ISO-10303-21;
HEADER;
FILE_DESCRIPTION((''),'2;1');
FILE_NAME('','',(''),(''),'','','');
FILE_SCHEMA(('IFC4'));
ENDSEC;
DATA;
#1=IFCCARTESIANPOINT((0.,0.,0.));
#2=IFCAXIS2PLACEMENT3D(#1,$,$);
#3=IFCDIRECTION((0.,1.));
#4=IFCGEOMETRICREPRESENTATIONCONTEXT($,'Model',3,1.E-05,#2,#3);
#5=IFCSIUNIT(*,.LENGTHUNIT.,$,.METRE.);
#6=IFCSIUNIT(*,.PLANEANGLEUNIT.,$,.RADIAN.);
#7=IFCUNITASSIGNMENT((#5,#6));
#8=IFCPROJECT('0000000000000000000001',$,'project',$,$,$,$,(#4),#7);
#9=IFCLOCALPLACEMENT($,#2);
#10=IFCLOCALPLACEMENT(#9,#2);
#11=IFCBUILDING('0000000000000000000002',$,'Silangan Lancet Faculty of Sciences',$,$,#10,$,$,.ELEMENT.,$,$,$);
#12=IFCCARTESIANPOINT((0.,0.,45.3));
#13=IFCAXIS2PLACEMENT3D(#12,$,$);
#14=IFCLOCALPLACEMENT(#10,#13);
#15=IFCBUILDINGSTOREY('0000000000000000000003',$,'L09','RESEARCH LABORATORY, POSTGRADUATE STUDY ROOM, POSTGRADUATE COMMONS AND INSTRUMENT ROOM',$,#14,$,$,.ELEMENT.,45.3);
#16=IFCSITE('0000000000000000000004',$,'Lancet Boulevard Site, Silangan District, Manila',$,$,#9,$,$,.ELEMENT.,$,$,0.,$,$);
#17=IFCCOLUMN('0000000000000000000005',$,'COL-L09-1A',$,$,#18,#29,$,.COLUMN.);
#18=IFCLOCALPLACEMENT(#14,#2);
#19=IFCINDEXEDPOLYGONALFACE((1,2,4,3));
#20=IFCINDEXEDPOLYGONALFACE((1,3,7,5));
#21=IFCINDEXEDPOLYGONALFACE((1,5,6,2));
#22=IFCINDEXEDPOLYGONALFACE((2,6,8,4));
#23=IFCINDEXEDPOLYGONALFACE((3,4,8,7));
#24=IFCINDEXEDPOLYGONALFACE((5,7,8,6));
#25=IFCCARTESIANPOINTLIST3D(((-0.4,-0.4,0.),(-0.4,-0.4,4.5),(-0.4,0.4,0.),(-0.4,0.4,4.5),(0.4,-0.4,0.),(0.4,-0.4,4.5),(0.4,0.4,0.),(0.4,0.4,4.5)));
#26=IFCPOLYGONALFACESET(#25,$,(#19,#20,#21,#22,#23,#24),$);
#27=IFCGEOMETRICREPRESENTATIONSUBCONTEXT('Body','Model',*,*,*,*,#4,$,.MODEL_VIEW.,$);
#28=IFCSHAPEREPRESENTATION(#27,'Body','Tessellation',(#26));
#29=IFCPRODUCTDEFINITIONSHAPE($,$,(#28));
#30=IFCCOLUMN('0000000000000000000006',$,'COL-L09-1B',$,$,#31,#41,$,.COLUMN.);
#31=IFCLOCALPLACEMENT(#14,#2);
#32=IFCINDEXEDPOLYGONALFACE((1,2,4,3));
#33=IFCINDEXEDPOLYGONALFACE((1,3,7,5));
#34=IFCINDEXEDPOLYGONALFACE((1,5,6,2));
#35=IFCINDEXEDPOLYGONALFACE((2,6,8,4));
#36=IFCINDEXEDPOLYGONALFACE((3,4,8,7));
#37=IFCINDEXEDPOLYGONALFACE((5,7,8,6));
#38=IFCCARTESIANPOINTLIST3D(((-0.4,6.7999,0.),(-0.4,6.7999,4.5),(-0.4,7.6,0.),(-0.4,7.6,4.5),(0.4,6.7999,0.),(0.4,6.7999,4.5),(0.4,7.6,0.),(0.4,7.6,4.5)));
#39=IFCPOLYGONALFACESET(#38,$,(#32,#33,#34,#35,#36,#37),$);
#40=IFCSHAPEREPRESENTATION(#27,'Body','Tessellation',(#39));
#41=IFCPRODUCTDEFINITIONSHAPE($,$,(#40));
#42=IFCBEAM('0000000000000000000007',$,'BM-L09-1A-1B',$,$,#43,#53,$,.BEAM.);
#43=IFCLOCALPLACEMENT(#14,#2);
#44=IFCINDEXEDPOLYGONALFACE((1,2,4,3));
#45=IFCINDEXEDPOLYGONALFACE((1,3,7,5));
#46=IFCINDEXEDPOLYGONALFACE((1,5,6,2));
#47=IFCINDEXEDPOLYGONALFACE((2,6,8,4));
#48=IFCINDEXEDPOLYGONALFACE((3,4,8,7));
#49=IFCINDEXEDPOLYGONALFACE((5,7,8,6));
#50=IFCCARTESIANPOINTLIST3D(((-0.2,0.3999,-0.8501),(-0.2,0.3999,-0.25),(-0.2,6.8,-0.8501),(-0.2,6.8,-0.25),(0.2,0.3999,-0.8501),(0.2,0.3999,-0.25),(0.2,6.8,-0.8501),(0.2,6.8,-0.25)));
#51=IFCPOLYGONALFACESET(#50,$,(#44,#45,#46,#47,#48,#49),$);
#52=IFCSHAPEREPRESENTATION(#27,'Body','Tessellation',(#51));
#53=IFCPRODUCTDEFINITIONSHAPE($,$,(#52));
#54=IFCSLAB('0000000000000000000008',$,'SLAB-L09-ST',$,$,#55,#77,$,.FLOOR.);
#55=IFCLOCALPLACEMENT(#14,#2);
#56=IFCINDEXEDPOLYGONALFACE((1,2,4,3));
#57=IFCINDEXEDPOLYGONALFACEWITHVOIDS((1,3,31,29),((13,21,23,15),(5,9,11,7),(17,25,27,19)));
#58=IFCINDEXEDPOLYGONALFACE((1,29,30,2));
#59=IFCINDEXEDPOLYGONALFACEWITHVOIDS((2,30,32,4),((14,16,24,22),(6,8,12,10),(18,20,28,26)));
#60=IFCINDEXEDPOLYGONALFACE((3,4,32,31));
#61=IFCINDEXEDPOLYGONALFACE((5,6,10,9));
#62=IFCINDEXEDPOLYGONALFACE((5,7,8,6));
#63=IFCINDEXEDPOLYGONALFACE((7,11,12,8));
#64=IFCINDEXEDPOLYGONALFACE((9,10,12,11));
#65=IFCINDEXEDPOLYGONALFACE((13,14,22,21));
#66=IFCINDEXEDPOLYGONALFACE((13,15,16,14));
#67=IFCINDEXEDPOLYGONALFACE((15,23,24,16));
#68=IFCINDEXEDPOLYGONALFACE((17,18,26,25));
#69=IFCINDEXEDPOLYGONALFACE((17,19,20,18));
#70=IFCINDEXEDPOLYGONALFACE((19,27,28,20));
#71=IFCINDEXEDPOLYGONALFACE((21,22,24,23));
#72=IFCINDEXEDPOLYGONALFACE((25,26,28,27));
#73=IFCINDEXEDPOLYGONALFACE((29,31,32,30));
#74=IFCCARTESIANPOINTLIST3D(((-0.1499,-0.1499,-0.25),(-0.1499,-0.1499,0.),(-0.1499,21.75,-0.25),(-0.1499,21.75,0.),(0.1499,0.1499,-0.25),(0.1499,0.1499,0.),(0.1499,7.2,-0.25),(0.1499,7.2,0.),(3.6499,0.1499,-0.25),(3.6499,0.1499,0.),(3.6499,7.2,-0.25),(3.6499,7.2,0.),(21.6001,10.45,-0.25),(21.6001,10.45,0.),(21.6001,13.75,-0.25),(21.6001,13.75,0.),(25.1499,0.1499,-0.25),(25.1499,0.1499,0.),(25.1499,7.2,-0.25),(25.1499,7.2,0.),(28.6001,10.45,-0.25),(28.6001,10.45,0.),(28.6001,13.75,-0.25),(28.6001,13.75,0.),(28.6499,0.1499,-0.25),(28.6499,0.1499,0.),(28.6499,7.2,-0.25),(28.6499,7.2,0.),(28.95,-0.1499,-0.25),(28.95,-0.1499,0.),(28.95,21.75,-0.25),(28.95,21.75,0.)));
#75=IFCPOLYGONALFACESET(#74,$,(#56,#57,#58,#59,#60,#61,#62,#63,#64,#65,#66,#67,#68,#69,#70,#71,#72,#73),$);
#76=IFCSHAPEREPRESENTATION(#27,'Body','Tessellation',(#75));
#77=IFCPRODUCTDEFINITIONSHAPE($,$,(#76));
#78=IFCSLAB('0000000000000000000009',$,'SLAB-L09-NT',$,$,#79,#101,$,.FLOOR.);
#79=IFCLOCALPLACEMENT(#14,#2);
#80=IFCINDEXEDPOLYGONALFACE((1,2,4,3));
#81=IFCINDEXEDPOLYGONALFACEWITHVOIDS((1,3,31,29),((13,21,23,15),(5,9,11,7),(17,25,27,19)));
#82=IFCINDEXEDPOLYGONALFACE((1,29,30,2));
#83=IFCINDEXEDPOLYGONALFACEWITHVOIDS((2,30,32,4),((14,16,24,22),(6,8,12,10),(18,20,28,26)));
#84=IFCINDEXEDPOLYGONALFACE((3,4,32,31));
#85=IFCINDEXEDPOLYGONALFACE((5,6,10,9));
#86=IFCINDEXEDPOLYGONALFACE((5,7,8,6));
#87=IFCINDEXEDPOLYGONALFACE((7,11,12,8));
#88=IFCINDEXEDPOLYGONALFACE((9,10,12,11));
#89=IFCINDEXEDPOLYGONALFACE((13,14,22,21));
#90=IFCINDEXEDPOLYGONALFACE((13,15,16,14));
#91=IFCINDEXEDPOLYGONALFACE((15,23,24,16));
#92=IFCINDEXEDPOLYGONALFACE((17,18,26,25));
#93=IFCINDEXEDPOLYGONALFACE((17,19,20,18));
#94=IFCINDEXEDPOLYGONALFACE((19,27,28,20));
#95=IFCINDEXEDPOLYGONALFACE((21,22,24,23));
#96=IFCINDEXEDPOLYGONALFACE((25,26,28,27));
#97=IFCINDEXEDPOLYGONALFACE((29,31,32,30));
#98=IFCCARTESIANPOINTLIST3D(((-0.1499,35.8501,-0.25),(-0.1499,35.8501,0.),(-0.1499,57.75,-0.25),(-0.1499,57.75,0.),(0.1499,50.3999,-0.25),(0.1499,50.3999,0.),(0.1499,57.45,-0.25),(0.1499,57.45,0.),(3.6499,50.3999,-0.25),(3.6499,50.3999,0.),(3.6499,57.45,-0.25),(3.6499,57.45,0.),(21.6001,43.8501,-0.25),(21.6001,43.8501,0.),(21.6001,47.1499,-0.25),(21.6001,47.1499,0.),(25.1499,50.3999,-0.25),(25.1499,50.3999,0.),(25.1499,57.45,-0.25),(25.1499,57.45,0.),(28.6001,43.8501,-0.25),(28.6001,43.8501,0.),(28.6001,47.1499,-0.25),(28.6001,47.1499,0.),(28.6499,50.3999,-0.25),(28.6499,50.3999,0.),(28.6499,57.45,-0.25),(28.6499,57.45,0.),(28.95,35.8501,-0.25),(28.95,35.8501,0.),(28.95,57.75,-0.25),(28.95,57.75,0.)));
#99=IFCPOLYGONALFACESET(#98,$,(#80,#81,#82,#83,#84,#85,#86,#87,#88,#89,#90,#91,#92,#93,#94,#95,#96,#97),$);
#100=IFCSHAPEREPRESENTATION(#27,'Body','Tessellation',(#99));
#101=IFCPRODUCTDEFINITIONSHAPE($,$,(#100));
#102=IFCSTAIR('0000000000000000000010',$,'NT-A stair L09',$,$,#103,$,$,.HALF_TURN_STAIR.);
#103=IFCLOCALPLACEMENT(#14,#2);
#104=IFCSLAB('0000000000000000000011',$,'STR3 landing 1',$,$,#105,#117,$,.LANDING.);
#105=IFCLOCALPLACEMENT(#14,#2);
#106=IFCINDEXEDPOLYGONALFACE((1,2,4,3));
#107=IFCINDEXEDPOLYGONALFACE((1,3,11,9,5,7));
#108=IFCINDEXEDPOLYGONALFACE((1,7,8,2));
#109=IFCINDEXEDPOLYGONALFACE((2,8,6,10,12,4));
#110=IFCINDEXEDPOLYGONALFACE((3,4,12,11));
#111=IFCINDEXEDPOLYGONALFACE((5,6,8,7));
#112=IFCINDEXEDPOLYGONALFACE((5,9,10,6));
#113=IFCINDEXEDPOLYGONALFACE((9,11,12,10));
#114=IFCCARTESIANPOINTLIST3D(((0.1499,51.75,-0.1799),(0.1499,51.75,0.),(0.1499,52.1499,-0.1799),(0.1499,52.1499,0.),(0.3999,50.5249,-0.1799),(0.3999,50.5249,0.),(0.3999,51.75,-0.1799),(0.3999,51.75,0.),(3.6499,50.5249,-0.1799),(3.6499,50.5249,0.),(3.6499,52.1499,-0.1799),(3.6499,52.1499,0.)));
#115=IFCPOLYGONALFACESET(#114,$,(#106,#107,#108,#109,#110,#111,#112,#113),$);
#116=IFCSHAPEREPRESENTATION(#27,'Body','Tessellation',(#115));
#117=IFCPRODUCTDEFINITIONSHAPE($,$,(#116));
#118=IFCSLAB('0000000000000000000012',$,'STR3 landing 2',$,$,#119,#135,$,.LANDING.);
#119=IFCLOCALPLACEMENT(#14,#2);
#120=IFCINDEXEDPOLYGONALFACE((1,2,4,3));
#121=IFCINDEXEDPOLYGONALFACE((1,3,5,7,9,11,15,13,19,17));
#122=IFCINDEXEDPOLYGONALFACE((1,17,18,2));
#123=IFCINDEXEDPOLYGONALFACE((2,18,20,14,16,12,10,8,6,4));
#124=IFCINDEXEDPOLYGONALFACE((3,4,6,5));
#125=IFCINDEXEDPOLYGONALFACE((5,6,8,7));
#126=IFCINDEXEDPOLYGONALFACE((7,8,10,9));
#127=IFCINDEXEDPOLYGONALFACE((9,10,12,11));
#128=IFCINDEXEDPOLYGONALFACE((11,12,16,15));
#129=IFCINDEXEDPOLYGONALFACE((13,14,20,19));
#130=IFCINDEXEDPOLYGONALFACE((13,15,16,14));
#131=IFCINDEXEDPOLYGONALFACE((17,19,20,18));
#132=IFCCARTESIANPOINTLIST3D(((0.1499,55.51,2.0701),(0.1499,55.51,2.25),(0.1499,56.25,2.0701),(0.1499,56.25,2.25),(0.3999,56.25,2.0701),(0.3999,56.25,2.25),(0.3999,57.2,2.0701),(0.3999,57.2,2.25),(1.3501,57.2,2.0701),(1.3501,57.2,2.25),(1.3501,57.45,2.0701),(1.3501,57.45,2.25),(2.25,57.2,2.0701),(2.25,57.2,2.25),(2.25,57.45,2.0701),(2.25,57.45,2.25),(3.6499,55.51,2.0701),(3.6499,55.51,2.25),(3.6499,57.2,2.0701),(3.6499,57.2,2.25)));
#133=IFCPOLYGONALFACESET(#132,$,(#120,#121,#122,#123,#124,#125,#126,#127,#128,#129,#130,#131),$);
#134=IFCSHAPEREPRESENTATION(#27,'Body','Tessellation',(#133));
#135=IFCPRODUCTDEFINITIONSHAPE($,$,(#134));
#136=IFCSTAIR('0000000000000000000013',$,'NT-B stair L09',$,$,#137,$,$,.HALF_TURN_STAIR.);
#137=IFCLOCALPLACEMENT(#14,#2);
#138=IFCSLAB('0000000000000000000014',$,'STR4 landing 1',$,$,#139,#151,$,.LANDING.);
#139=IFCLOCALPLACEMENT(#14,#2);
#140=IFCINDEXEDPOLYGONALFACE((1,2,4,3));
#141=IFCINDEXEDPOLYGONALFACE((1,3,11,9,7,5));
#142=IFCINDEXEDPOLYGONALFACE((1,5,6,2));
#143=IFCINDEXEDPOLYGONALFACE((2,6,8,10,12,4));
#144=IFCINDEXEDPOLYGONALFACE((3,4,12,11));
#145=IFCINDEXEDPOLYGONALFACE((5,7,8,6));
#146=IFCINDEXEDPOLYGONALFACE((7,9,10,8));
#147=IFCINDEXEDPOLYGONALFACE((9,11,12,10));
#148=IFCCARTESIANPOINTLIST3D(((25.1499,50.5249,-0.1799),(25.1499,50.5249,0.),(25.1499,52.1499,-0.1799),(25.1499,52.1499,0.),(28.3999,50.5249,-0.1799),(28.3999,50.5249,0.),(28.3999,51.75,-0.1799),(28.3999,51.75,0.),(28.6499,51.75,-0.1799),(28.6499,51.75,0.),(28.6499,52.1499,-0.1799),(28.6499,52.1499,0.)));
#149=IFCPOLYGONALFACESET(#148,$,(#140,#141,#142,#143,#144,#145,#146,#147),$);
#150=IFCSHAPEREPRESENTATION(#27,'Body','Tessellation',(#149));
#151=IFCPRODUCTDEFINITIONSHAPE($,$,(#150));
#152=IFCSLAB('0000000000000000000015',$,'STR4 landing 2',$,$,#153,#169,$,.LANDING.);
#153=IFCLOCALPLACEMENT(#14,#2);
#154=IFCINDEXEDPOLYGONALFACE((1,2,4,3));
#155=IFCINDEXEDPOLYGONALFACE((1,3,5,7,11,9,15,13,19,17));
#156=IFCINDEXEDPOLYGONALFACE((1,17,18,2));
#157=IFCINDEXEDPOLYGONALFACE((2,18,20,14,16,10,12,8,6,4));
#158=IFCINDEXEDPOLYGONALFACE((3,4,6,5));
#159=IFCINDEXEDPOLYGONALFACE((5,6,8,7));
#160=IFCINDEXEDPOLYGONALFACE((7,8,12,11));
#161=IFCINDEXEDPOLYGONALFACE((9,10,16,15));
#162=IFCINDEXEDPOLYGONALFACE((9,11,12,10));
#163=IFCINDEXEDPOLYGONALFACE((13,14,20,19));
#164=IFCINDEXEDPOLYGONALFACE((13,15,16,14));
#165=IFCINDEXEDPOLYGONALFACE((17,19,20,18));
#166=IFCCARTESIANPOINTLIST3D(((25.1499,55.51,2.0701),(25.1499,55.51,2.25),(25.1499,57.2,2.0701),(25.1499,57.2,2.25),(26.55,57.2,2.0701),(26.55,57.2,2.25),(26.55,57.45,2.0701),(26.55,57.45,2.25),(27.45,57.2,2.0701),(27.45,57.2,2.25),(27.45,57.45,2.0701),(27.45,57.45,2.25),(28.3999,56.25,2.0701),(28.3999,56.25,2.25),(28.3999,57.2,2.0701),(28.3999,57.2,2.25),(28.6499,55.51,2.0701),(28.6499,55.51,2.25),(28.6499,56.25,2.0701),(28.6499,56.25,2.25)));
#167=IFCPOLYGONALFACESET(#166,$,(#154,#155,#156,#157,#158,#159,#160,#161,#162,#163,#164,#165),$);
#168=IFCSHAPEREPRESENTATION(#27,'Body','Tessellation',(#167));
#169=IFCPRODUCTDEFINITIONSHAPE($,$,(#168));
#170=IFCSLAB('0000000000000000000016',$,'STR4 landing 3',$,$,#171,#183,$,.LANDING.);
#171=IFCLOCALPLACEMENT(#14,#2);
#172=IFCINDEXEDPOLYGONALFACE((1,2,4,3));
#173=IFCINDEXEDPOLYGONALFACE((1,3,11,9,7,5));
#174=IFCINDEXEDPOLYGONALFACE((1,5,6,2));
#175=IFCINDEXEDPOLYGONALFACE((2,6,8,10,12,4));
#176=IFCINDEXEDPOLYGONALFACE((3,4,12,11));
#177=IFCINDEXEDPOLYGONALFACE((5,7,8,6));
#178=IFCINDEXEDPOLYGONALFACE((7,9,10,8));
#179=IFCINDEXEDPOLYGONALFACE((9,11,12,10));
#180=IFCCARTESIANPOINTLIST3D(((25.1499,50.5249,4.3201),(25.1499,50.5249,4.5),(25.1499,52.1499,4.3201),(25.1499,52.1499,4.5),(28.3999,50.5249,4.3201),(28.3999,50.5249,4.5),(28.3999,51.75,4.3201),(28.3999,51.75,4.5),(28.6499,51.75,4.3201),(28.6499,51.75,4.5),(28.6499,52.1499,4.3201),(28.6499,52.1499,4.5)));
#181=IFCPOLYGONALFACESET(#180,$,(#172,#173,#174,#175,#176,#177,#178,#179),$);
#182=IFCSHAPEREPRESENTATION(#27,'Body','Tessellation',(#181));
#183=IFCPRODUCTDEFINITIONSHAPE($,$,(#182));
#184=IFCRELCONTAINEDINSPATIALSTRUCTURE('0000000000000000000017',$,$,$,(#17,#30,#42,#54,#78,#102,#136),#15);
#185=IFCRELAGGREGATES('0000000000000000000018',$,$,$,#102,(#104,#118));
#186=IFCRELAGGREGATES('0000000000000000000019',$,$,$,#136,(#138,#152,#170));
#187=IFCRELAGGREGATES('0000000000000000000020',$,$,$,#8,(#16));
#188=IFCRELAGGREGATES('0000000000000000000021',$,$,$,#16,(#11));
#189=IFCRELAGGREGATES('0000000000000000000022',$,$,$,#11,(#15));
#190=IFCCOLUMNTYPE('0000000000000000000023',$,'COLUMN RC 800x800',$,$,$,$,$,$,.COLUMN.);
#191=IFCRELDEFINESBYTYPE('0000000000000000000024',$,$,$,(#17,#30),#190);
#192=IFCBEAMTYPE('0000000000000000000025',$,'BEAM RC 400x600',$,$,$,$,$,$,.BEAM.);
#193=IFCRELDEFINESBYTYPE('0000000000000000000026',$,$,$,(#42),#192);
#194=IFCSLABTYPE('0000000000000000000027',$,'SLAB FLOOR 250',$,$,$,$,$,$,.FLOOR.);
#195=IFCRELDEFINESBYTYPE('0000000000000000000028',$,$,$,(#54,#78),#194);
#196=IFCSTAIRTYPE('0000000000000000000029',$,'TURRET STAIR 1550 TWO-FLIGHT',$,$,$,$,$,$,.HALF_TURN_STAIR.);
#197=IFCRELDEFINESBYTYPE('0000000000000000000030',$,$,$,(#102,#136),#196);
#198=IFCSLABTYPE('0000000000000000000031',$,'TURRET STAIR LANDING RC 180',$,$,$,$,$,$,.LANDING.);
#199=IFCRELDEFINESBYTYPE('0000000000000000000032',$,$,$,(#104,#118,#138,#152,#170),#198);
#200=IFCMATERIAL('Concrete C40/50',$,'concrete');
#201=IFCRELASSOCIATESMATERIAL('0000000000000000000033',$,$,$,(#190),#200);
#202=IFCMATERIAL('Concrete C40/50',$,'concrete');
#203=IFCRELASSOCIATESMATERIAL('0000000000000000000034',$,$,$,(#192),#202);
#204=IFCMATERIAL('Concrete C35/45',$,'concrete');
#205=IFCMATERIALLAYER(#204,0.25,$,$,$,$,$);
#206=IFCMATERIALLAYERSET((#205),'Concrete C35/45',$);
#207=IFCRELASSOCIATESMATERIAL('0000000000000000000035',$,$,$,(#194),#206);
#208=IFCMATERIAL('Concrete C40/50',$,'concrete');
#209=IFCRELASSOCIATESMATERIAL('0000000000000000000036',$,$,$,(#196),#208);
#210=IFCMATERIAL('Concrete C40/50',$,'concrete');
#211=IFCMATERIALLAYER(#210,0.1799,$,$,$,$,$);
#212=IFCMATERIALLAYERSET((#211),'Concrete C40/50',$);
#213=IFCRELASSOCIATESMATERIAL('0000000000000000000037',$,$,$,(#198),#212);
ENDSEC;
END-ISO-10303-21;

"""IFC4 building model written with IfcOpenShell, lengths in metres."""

from ifc_helpers import new_model, si_unit, direction, frame, origin, origin_2d, place, context, subcontext, project, spatial, polyline, rectangle, outline, extrude, material, layer, layer_set, material_profile, profile_set, type_object, element, aggregate, save


model = new_model("IFC4")

# Units and contexts
model_context = context("Model", 3, precision=1e-05, world=origin(), true_north=direction((0.0, 1.0)))
body_context = subcontext(model_context, "Body", "Model", "MODEL_VIEW")
ifc_project = project(units=[si_unit("LENGTHUNIT", "METRE"), si_unit("PLANEANGLEUNIT", "RADIAN")], contexts=[model_context])

# Site, building, storey
site_placement = place(None, origin())
site = spatial("IfcSite", under=ifc_project, at=site_placement, Name="Lancet Boulevard Site, Silangan District, Manila", CompositionType="ELEMENT", RefElevation=0.0)
building_placement = place(site_placement, origin())
building = spatial("IfcBuilding", under=site, at=building_placement, Name="Silangan Lancet Faculty of Sciences", CompositionType="ELEMENT")
storey_placement = place(building_placement, frame((0.0, 0.0, 45.3)))
storey = spatial("IfcBuildingStorey", under=building, at=storey_placement, Name="L09", Description="RESEARCH LABORATORY, POSTGRADUATE STUDY ROOM, POSTGRADUATE COMMONS AND INSTRUMENT ROOM", CompositionType="ELEMENT", Elevation=45.3)

# Columns
ifc_material_1 = material(Name="Concrete C40/50", Category="concrete")
ifc_material_profile_1 = material_profile(ifc_material_1, rectangle(XDim=0.8, YDim=0.8, at=origin_2d()), Name="RC 800x800")
ifc_profile_set_1 = profile_set([ifc_material_profile_1], Name="Concrete C40/50")
column_type = type_object("IfcColumnType", Name="COLUMN RC 800x800", PredefinedType="COLUMN", material=ifc_profile_set_1)
for number, where, z_axis, x_axis, name in (
    (1, (0.0, 0.0, 0.0), (0.0, 0.0, 1.0), (1.0, 0.0, 0.0), "COL-L09-1A"),
    (2, (0.0, 7.2, 0.0), (0.0, 0.0, 1.0), (1.0, 0.0, 0.0), "COL-L09-1B"),
):
    element("IfcColumn", number, at=place(storey_placement, frame(where, z_axis=z_axis, x_axis=x_axis)), inside=storey, type_object=column_type, Name=name, PredefinedType="COLUMN", context=body_context, shape_type="SweptSolid", body=[
        extrude(rectangle(XDim=0.8, YDim=0.8, at=origin_2d()), origin(), (0.0, 0.0, 1.0), 4.5),
    ])

# Beam
ifc_material_2 = material(Name="Concrete C40/50", Category="concrete")
ifc_material_profile_2 = material_profile(ifc_material_2, rectangle(XDim=0.3999, YDim=0.6001, at=origin_2d()), Name="RC 400x600")
ifc_profile_set_2 = profile_set([ifc_material_profile_2], Name="Concrete C40/50")
beam_type = type_object("IfcBeamType", Name="BEAM RC 400x600", PredefinedType="BEAM", material=ifc_profile_set_2)
beam_placement = place(storey_placement, frame((0.0, 0.3999, -0.55), z_axis=(0.0, 1.0, 0.0), x_axis=(-1.0, 0.0, 0.0)))
element("IfcBeam", 3, at=beam_placement, inside=storey, type_object=beam_type, Name="BM-L09-1A-1B", PredefinedType="BEAM", context=body_context, shape_type="SweptSolid", body=[
    extrude(rectangle(XDim=0.3999, YDim=0.6001, at=origin_2d()), origin(), (0.0, 0.0, 1.0), 6.4001),
])

# Slabs
ifc_material_3 = material(Name="Concrete C35/45", Category="concrete")
ifc_layer_1 = layer(ifc_material_3, 0.25)
ifc_layer_set_1 = layer_set([ifc_layer_1], Name="Concrete C35/45")
slab_type_1 = type_object("IfcSlabType", Name="SLAB FLOOR 250", PredefinedType="FLOOR", material=ifc_layer_set_1)
slab_1_placement = place(storey_placement, frame((0.0, 0.0, -0.25)))
element("IfcSlab", 4, at=slab_1_placement, inside=storey, type_object=slab_type_1, Name="SLAB-L09-ST", PredefinedType="FLOOR", context=body_context, shape_type="SweptSolid", body=[
    extrude(outline(polyline([(-0.1499, 21.75), (-0.1499, -0.1499), (28.95, -0.1499), (28.95, 21.75), (-0.1499, 21.75)]), holes=[polyline([(0.1499, 0.1499), (0.1499, 7.2), (3.6499, 7.2), (3.6499, 0.1499), (0.1499, 0.1499)]), polyline([(25.1499, 7.2), (28.6499, 7.2), (28.6499, 0.1499), (25.1499, 0.1499), (25.1499, 7.2)]), polyline([(21.6001, 13.75), (28.6001, 13.75), (28.6001, 10.45), (21.6001, 10.45), (21.6001, 13.75)])]), origin(), (0.0, 0.0, 1.0), 0.25),
])
slab_2_placement = place(storey_placement, frame((0.0, 0.0, -0.25)))
element("IfcSlab", 5, at=slab_2_placement, inside=storey, type_object=slab_type_1, Name="SLAB-L09-NT", PredefinedType="FLOOR", context=body_context, shape_type="SweptSolid", body=[
    extrude(outline(polyline([(-0.1499, 35.8501), (28.95, 35.8501), (28.95, 57.75), (-0.1499, 57.75), (-0.1499, 35.8501)]), holes=[polyline([(21.6001, 43.8501), (21.6001, 47.1499), (28.6001, 47.1499), (28.6001, 43.8501), (21.6001, 43.8501)]), polyline([(0.1499, 57.45), (3.6499, 57.45), (3.6499, 50.3999), (0.1499, 50.3999), (0.1499, 57.45)]), polyline([(25.1499, 57.45), (28.6499, 57.45), (28.6499, 50.3999), (25.1499, 50.3999), (25.1499, 57.45)])]), origin(), (0.0, 0.0, 1.0), 0.25),
])

# Stairs, slabs
ifc_material_4 = material(Name="Concrete C40/50", Category="concrete")
stair_type = type_object("IfcStairType", Name="TURRET STAIR 1550 TWO-FLIGHT", PredefinedType="HALF_TURN_STAIR", material=ifc_material_4)
stair_1_placement = place(storey_placement, origin())
stair_1 = element("IfcStair", 6, at=stair_1_placement, inside=storey, type_object=stair_type, Name="NT-A stair L09", PredefinedType="HALF_TURN_STAIR")
ifc_material_5 = material(Name="Concrete C40/50", Category="concrete")
ifc_layer_2 = layer(ifc_material_5, 0.1799)
ifc_layer_set_2 = layer_set([ifc_layer_2], Name="Concrete C40/50")
slab_type_2 = type_object("IfcSlabType", Name="TURRET STAIR LANDING RC 180", PredefinedType="LANDING", material=ifc_layer_set_2)
slab_3_placement = place(storey_placement, frame((0.0, 0.0, -0.1799)))
slab_3 = element("IfcSlab", 7, at=slab_3_placement, type_object=slab_type_2, Name="STR3 landing 1", PredefinedType="LANDING", context=body_context, shape_type="SweptSolid", body=[
    extrude(outline(polyline([(0.1499, 52.1499), (3.6499, 52.1499), (3.6499, 50.5249), (0.3999, 50.5249), (0.3999, 51.75), (0.1499, 51.75), (0.1499, 52.1499)])), origin(), (0.0, 0.0, 1.0), 0.1799),
])
slab_4_placement = place(storey_placement, frame((0.0, 0.0, 2.0701)))
slab_4 = element("IfcSlab", 8, at=slab_4_placement, type_object=slab_type_2, Name="STR3 landing 2", PredefinedType="LANDING", context=body_context, shape_type="SweptSolid", body=[
    extrude(outline(polyline([(0.1499, 55.51), (0.1499, 56.25), (0.3999, 56.25), (0.3999, 57.2), (1.3501, 57.2), (1.3501, 57.45), (2.25, 57.45), (2.25, 57.2), (3.6499, 57.2), (3.6499, 55.51), (0.1499, 55.51)])), origin(), (0.0, 0.0, 1.0), 0.1799),
])
aggregate(stair_1, [slab_3, slab_4])
stair_2_placement = place(storey_placement, origin())
stair_2 = element("IfcStair", 9, at=stair_2_placement, inside=storey, type_object=stair_type, Name="NT-B stair L09", PredefinedType="HALF_TURN_STAIR")
slab_5_placement = place(storey_placement, frame((0.0, 0.0, -0.1799)))
slab_5 = element("IfcSlab", 10, at=slab_5_placement, type_object=slab_type_2, Name="STR4 landing 1", PredefinedType="LANDING", context=body_context, shape_type="SweptSolid", body=[
    extrude(outline(polyline([(28.6499, 51.75), (28.3999, 51.75), (28.3999, 50.5249), (25.1499, 50.5249), (25.1499, 52.1499), (28.6499, 52.1499), (28.6499, 51.75)])), origin(), (0.0, 0.0, 1.0), 0.1799),
])
slab_6_placement = place(storey_placement, frame((0.0, 0.0, 2.0701)))
slab_6 = element("IfcSlab", 11, at=slab_6_placement, type_object=slab_type_2, Name="STR4 landing 2", PredefinedType="LANDING", context=body_context, shape_type="SweptSolid", body=[
    extrude(outline(polyline([(26.55, 57.2), (26.55, 57.45), (27.45, 57.45), (27.45, 57.2), (28.3999, 57.2), (28.3999, 56.25), (28.6499, 56.25), (28.6499, 55.51), (25.1499, 55.51), (25.1499, 57.2), (26.55, 57.2)])), origin(), (0.0, 0.0, 1.0), 0.1799),
])
slab_7_placement = place(storey_placement, frame((0.0, 0.0, 4.3201)))
slab_7 = element("IfcSlab", 12, at=slab_7_placement, type_object=slab_type_2, Name="STR4 landing 3", PredefinedType="LANDING", context=body_context, shape_type="SweptSolid", body=[
    extrude(outline(polyline([(28.6499, 51.75), (28.3999, 51.75), (28.3999, 50.5249), (25.1499, 50.5249), (25.1499, 52.1499), (28.6499, 52.1499), (28.6499, 51.75)])), origin(), (0.0, 0.0, 1.0), 0.1799),
])
aggregate(stair_2, [slab_5, slab_6, slab_7])

save(model, "model.ifc")
